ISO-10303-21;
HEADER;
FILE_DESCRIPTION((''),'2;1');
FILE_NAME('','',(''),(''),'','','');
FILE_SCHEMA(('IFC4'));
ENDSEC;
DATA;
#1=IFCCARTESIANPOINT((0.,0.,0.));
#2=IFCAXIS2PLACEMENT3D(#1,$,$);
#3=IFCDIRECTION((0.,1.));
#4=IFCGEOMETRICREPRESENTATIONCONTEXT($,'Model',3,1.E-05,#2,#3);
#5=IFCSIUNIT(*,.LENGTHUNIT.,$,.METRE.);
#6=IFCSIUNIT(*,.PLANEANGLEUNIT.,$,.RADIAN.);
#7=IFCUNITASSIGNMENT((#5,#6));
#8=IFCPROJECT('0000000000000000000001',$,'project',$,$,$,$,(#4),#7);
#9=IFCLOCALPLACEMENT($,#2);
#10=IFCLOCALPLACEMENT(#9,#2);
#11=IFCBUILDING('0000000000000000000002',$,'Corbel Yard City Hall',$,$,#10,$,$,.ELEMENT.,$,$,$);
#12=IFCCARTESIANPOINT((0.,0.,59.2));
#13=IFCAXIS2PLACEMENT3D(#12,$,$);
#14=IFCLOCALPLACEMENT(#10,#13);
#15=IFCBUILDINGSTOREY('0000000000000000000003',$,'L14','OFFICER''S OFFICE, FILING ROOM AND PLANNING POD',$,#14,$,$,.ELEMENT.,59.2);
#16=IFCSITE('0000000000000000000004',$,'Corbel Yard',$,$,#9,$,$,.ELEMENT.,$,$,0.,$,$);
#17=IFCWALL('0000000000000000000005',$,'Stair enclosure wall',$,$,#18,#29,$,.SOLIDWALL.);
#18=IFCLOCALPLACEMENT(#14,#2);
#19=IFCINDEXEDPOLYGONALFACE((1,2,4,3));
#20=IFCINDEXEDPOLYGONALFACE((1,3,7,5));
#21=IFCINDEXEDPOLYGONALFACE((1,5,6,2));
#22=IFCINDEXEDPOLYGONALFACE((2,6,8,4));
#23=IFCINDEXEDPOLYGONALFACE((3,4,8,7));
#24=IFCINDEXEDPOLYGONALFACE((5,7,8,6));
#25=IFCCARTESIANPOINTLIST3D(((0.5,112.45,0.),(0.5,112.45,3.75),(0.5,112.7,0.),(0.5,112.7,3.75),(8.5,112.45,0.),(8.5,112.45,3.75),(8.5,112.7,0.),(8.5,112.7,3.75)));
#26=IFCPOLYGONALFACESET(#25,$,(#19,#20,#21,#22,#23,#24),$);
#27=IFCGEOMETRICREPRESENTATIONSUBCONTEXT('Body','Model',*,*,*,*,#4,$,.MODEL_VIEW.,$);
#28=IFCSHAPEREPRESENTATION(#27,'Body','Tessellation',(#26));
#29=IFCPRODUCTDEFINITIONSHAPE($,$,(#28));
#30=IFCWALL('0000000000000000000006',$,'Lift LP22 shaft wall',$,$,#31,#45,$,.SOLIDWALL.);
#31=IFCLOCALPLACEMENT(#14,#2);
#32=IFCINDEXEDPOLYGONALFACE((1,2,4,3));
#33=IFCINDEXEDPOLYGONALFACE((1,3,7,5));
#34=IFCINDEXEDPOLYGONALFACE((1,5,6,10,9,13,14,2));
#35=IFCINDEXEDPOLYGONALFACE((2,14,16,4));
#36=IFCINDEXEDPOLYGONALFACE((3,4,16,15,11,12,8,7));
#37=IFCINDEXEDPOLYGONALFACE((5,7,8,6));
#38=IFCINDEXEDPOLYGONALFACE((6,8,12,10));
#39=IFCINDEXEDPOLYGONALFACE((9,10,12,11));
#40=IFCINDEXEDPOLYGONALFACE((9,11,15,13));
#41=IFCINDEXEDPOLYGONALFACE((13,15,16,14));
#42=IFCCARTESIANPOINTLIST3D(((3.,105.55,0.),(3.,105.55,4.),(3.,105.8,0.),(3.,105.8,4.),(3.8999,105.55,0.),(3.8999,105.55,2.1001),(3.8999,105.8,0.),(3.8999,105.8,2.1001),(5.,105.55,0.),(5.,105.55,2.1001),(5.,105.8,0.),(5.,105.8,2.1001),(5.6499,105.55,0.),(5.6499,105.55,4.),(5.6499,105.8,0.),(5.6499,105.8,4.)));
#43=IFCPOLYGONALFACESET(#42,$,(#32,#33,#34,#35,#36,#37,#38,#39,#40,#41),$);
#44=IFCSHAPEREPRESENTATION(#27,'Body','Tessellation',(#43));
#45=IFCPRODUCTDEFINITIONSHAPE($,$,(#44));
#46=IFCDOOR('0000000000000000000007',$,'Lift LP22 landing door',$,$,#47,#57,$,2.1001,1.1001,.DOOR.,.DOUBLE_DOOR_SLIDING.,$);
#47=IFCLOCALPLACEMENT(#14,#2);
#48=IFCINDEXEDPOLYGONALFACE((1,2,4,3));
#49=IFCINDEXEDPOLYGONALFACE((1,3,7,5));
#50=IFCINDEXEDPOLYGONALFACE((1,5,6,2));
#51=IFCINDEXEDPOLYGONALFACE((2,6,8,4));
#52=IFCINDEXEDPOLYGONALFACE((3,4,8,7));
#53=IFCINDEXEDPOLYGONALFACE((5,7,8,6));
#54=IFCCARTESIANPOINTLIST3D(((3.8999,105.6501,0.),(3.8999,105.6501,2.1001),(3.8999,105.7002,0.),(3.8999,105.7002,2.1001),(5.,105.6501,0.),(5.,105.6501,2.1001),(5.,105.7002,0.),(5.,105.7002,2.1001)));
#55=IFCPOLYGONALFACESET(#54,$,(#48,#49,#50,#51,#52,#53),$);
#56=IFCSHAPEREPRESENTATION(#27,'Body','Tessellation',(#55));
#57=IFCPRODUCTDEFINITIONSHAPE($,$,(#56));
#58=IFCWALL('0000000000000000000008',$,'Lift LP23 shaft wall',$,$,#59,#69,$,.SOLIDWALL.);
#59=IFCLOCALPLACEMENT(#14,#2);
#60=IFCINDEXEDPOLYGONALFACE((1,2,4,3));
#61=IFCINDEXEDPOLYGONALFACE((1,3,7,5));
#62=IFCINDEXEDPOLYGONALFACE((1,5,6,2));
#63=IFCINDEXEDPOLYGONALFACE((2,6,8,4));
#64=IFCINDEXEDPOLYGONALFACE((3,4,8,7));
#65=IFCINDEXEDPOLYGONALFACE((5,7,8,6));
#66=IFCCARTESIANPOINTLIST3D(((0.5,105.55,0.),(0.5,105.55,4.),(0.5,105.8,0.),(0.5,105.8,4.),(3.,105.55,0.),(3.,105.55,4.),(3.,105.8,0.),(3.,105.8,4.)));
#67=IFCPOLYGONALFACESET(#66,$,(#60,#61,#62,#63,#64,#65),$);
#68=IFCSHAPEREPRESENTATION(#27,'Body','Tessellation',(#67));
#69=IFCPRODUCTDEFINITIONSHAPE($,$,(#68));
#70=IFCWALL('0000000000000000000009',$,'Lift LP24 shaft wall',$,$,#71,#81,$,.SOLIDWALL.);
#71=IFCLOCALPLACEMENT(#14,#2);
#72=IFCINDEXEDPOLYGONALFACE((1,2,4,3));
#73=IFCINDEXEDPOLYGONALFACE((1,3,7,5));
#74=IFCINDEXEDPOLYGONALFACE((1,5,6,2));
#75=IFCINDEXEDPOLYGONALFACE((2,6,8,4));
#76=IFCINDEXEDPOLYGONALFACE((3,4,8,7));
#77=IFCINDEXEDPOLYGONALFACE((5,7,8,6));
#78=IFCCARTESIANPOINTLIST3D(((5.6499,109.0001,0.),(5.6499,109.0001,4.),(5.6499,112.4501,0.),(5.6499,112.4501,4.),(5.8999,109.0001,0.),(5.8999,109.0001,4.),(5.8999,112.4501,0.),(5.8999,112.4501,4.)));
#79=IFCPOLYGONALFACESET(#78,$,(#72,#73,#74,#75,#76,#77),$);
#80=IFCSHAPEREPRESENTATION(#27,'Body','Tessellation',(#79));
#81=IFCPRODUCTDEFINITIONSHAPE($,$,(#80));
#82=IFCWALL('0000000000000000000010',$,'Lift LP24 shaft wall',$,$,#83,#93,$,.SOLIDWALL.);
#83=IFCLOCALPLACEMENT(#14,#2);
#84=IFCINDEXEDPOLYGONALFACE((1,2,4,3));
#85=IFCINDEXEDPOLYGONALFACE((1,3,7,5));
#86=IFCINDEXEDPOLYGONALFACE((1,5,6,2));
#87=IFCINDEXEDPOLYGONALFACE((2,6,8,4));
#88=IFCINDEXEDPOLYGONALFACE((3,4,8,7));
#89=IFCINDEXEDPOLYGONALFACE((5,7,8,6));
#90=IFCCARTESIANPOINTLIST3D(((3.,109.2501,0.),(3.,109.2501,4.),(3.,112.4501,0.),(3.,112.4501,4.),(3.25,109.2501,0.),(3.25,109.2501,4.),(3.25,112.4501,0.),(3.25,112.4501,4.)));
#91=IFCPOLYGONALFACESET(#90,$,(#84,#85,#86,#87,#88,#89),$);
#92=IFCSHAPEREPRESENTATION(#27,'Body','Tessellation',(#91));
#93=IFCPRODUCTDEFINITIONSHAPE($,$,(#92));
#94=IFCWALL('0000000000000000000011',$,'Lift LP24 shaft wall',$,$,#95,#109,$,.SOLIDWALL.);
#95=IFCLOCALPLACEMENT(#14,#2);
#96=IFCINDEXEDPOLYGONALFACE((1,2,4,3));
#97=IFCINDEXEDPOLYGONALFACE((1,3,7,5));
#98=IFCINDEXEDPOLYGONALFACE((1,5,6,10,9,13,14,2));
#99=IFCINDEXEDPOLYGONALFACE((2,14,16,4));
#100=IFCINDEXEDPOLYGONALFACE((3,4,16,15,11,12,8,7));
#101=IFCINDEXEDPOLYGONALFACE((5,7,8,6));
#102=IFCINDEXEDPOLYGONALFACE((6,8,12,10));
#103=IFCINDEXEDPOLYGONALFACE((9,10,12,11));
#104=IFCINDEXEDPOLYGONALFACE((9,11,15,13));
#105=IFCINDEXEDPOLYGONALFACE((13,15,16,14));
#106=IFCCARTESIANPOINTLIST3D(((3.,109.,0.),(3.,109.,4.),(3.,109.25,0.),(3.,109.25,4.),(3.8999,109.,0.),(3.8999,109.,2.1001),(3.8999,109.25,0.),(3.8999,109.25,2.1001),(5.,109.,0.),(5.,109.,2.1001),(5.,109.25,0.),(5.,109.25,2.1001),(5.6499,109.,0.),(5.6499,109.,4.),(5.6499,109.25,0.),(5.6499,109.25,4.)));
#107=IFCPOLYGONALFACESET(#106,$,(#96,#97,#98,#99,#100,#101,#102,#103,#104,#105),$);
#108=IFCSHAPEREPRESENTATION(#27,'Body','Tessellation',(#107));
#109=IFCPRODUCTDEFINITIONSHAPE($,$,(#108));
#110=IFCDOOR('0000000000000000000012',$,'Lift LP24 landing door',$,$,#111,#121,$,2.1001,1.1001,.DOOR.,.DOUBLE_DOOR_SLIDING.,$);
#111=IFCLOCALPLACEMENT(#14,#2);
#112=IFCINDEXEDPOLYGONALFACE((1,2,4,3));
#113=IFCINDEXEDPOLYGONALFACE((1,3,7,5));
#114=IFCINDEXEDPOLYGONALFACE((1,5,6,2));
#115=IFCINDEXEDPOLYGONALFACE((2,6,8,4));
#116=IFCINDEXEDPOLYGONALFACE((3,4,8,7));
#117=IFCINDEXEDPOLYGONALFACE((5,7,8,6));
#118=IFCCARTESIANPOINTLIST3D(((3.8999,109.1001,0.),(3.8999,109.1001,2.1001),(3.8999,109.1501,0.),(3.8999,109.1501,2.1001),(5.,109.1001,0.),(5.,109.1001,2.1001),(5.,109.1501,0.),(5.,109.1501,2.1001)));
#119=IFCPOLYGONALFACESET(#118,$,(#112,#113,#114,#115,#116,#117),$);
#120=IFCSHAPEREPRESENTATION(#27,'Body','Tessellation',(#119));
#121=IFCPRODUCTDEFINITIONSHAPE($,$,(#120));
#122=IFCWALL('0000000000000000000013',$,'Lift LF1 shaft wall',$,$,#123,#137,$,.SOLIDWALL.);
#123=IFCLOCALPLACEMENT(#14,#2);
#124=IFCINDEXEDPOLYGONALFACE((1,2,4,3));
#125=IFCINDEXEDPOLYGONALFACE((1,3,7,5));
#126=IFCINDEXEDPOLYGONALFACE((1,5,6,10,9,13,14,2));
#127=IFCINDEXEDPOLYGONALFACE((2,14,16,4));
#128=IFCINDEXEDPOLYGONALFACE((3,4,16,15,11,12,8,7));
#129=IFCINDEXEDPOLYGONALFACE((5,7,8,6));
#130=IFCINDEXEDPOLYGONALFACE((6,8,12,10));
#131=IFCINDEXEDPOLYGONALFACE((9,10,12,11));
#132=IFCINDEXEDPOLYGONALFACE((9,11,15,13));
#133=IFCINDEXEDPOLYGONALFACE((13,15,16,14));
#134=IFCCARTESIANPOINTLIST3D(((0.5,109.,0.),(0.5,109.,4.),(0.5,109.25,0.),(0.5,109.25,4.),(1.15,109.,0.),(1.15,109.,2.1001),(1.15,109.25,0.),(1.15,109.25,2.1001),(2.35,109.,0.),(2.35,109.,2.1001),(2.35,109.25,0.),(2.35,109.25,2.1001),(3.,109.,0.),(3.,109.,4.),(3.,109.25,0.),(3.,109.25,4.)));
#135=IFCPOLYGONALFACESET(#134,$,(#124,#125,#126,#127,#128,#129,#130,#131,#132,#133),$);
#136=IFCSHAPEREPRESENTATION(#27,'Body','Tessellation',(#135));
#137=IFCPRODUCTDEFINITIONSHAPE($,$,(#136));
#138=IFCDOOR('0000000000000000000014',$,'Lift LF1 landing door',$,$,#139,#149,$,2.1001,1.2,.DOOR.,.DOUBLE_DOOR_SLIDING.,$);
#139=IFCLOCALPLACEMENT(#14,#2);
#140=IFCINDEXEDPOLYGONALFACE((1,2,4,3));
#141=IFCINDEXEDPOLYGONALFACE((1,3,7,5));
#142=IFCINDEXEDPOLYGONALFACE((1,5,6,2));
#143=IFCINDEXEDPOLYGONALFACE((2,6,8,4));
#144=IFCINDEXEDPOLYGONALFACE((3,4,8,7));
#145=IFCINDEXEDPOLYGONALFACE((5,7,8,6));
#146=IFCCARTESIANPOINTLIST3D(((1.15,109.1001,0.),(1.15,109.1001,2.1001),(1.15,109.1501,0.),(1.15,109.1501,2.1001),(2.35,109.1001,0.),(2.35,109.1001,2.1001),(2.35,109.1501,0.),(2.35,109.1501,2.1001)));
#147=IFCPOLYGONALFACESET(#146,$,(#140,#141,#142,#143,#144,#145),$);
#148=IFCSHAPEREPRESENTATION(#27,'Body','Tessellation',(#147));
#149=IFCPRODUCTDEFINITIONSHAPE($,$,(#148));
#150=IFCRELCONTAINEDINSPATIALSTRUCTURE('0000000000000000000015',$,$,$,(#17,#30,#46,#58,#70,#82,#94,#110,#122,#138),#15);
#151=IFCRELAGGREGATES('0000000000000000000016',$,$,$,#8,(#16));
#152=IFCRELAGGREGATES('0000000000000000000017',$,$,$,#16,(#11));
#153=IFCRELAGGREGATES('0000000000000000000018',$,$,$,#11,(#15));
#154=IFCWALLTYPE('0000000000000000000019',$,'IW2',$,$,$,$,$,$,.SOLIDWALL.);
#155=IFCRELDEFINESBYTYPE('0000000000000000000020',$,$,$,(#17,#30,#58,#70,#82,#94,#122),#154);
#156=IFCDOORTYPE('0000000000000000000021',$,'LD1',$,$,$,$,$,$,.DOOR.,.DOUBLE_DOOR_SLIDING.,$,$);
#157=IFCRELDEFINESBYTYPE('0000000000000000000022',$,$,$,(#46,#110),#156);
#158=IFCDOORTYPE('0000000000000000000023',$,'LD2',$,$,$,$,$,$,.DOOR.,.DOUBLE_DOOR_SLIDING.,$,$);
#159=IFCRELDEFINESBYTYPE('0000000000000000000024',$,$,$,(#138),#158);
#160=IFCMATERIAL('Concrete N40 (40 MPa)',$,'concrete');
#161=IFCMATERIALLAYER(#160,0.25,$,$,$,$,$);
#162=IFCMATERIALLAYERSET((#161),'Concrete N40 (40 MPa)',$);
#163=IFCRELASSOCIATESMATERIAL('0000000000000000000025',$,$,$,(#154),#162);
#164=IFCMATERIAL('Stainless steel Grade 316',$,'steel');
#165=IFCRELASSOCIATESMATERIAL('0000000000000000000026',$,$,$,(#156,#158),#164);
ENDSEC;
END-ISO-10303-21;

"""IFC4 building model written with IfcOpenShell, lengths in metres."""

from ifc_helpers import new_model, si_unit, direction, frame, frame_2d, origin, place, context, subcontext, project, spatial, rectangle, extrude, material, layer, layer_set, type_object, element, fill, save


model = new_model("IFC4")

# Units and contexts
model_context = context("Model", 3, precision=1e-05, world=origin(), true_north=direction((0.0, 1.0)))
body_context = subcontext(model_context, "Body", "Model", "MODEL_VIEW")
ifc_project = project(units=[si_unit("LENGTHUNIT", "METRE"), si_unit("PLANEANGLEUNIT", "RADIAN")], contexts=[model_context])

# Site, building, storey
site_placement = place(None, origin())
site = spatial("IfcSite", under=ifc_project, at=site_placement, Name="Corbel Yard", CompositionType="ELEMENT", RefElevation=0.0)
building_placement = place(site_placement, origin())
building = spatial("IfcBuilding", under=site, at=building_placement, Name="Corbel Yard City Hall", CompositionType="ELEMENT")
storey_placement = place(building_placement, frame((0.0, 0.0, 59.2)))
storey = spatial("IfcBuildingStorey", under=building, at=storey_placement, Name="L14", Description="OFFICER'S OFFICE, FILING ROOM AND PLANNING POD", CompositionType="ELEMENT", Elevation=59.2)

# Wall
ifc_material_1 = material(Name="Concrete N40 (40 MPa)", Category="concrete")
ifc_layer_1 = layer(ifc_material_1, 0.25)
ifc_layer_set_1 = layer_set([ifc_layer_1], Name="Concrete N40 (40 MPa)")
wall_type_1 = type_object("IfcWallType", Name="IW2", PredefinedType="SOLIDWALL", material=ifc_layer_set_1)
wall_1_placement = place(storey_placement, frame((8.5, 112.575, 0.0), z_axis=(0.0, 0.0, 1.0), x_axis=(-1.0, 0.0, 0.0)))
element("IfcWall", 1, at=wall_1_placement, inside=storey, type_object=wall_type_1, Name="Stair enclosure wall", PredefinedType="SOLIDWALL", context=body_context, shape_type="SweptSolid", body=[
    extrude(rectangle(XDim=8.0, YDim=0.25, at=frame_2d((4.0, 0.0))), origin(), (0.0, 0.0, 1.0), 3.75),
])

# Wall, opening, door
wall_2_placement = place(storey_placement, frame((5.6499, 105.675, 0.0), z_axis=(0.0, 0.0, 1.0), x_axis=(-1.0, 0.0, 0.0)))
wall_2 = element("IfcWall", 2, at=wall_2_placement, inside=storey, type_object=wall_type_1, Name="Lift LP22 shaft wall", PredefinedType="SOLIDWALL", context=body_context, shape_type="SweptSolid", body=[
    extrude(rectangle(XDim=2.6499, YDim=0.25, at=frame_2d((1.325, 0.0))), origin(), (0.0, 0.0, 1.0), 4.0),
])
opening_1_placement = place(wall_2_placement, frame((0.6499, 0.0, 0.0)))
opening_1 = element("IfcOpeningElement", 3, at=opening_1_placement, cuts=wall_2, PredefinedType="OPENING", context=body_context, shape_type="SweptSolid", body=[
    extrude(rectangle(XDim=1.1001, YDim=2.1001, at=frame_2d((0.55, 1.05))), frame((0.0, 0.135, 0.0), z_axis=(0.0, -1.0, 0.0), x_axis=(1.0, 0.0, 0.0)), (0.0, 0.0, 1.0), 0.27),
])
ifc_material_2 = material(Name="Stainless steel Grade 316", Category="steel")
door_type_1 = type_object("IfcDoorType", Name="LD1", OperationType="DOUBLE_DOOR_SLIDING", PredefinedType="DOOR", material=ifc_material_2)
door_1_placement = place(opening_1_placement, origin())
door_1 = element("IfcDoor", 4, at=door_1_placement, inside=storey, type_object=door_type_1, Name="Lift LP22 landing door", OperationType="DOUBLE_DOOR_SLIDING", OverallHeight=2.1001, OverallWidth=1.1001, PredefinedType="DOOR", context=body_context, shape_type="SweptSolid", body=[
    extrude(rectangle(XDim=1.1001, YDim=2.1001, at=frame_2d((0.55, 1.05))), frame((0.0, 0.0249, 0.0), z_axis=(0.0, -1.0, 0.0), x_axis=(1.0, 0.0, 0.0)), (0.0, 0.0, 1.0), 0.05),
])
fill(opening_1, door_1)

# Walls
wall_3_placement = place(storey_placement, frame((3.0, 105.675, 0.0), z_axis=(0.0, 0.0, 1.0), x_axis=(-1.0, 0.0, 0.0)))
element("IfcWall", 5, at=wall_3_placement, inside=storey, type_object=wall_type_1, Name="Lift LP23 shaft wall", PredefinedType="SOLIDWALL", context=body_context, shape_type="SweptSolid", body=[
    extrude(rectangle(XDim=2.5, YDim=0.25, at=frame_2d((1.25, 0.0))), origin(), (0.0, 0.0, 1.0), 4.0),
])
wall_4_placement = place(storey_placement, frame((5.7749, 109.0, 0.0), z_axis=(0.0, 0.0, 1.0), x_axis=(0.0, 1.0, 0.0)))
element("IfcWall", 6, at=wall_4_placement, inside=storey, type_object=wall_type_1, Name="Lift LP24 shaft wall", PredefinedType="SOLIDWALL", context=body_context, shape_type="SweptSolid", body=[
    extrude(rectangle(XDim=3.45, YDim=0.25, at=frame_2d((1.7251, 0.0))), origin(), (0.0, 0.0, 1.0), 4.0),
])
wall_5_placement = place(storey_placement, frame((3.125, 109.25, 0.0), z_axis=(0.0, 0.0, 1.0), x_axis=(0.0, 1.0, 0.0)))
element("IfcWall", 7, at=wall_5_placement, inside=storey, type_object=wall_type_1, Name="Lift LP24 shaft wall", PredefinedType="SOLIDWALL", context=body_context, shape_type="SweptSolid", body=[
    extrude(rectangle(XDim=3.2, YDim=0.25, at=frame_2d((1.6001, 0.0))), origin(), (0.0, 0.0, 1.0), 4.0),
])

# Walls, openings, doors
wall_6_placement = place(storey_placement, frame((5.6499, 109.125, 0.0), z_axis=(0.0, 0.0, 1.0), x_axis=(-1.0, 0.0, 0.0)))
wall_6 = element("IfcWall", 8, at=wall_6_placement, inside=storey, type_object=wall_type_1, Name="Lift LP24 shaft wall", PredefinedType="SOLIDWALL", context=body_context, shape_type="SweptSolid", body=[
    extrude(rectangle(XDim=2.6499, YDim=0.25, at=frame_2d((1.325, 0.0))), origin(), (0.0, 0.0, 1.0), 4.0),
])
opening_2_placement = place(wall_6_placement, frame((0.6499, 0.0, 0.0)))
opening_2 = element("IfcOpeningElement", 9, at=opening_2_placement, cuts=wall_6, PredefinedType="OPENING", context=body_context, shape_type="SweptSolid", body=[
    extrude(rectangle(XDim=1.1001, YDim=2.1001, at=frame_2d((0.55, 1.05))), frame((0.0, 0.135, 0.0), z_axis=(0.0, -1.0, 0.0), x_axis=(1.0, 0.0, 0.0)), (0.0, 0.0, 1.0), 0.27),
])
door_2_placement = place(opening_2_placement, origin())
door_2 = element("IfcDoor", 10, at=door_2_placement, inside=storey, type_object=door_type_1, Name="Lift LP24 landing door", OperationType="DOUBLE_DOOR_SLIDING", OverallHeight=2.1001, OverallWidth=1.1001, PredefinedType="DOOR", context=body_context, shape_type="SweptSolid", body=[
    extrude(rectangle(XDim=1.1001, YDim=2.1001, at=frame_2d((0.55, 1.05))), frame((0.0, 0.0249, 0.0), z_axis=(0.0, -1.0, 0.0), x_axis=(1.0, 0.0, 0.0)), (0.0, 0.0, 1.0), 0.05),
])
fill(opening_2, door_2)
wall_7_placement = place(storey_placement, frame((3.0, 109.125, 0.0), z_axis=(0.0, 0.0, 1.0), x_axis=(-1.0, 0.0, 0.0)))
wall_7 = element("IfcWall", 11, at=wall_7_placement, inside=storey, type_object=wall_type_1, Name="Lift LF1 shaft wall", PredefinedType="SOLIDWALL", context=body_context, shape_type="SweptSolid", body=[
    extrude(rectangle(XDim=2.5, YDim=0.25, at=frame_2d((1.25, 0.0))), origin(), (0.0, 0.0, 1.0), 4.0),
])
opening_3_placement = place(wall_7_placement, frame((0.6499, 0.0, 0.0)))
opening_3 = element("IfcOpeningElement", 12, at=opening_3_placement, cuts=wall_7, PredefinedType="OPENING", context=body_context, shape_type="SweptSolid", body=[
    extrude(rectangle(XDim=1.2, YDim=2.1001, at=frame_2d((0.6001, 1.05))), frame((0.0, 0.135, 0.0), z_axis=(0.0, -1.0, 0.0), x_axis=(1.0, 0.0, 0.0)), (0.0, 0.0, 1.0), 0.27),
])
door_type_2 = type_object("IfcDoorType", Name="LD2", OperationType="DOUBLE_DOOR_SLIDING", PredefinedType="DOOR", material=ifc_material_2)
door_3_placement = place(opening_3_placement, origin())
door_3 = element("IfcDoor", 13, at=door_3_placement, inside=storey, type_object=door_type_2, Name="Lift LF1 landing door", OperationType="DOUBLE_DOOR_SLIDING", OverallHeight=2.1001, OverallWidth=1.2, PredefinedType="DOOR", context=body_context, shape_type="SweptSolid", body=[
    extrude(rectangle(XDim=1.2, YDim=2.1001, at=frame_2d((0.6001, 1.05))), frame((0.0, 0.0249, 0.0), z_axis=(0.0, -1.0, 0.0), x_axis=(1.0, 0.0, 0.0)), (0.0, 0.0, 1.0), 0.05),
])
fill(opening_3, door_3)

save(model, "model.ifc")
